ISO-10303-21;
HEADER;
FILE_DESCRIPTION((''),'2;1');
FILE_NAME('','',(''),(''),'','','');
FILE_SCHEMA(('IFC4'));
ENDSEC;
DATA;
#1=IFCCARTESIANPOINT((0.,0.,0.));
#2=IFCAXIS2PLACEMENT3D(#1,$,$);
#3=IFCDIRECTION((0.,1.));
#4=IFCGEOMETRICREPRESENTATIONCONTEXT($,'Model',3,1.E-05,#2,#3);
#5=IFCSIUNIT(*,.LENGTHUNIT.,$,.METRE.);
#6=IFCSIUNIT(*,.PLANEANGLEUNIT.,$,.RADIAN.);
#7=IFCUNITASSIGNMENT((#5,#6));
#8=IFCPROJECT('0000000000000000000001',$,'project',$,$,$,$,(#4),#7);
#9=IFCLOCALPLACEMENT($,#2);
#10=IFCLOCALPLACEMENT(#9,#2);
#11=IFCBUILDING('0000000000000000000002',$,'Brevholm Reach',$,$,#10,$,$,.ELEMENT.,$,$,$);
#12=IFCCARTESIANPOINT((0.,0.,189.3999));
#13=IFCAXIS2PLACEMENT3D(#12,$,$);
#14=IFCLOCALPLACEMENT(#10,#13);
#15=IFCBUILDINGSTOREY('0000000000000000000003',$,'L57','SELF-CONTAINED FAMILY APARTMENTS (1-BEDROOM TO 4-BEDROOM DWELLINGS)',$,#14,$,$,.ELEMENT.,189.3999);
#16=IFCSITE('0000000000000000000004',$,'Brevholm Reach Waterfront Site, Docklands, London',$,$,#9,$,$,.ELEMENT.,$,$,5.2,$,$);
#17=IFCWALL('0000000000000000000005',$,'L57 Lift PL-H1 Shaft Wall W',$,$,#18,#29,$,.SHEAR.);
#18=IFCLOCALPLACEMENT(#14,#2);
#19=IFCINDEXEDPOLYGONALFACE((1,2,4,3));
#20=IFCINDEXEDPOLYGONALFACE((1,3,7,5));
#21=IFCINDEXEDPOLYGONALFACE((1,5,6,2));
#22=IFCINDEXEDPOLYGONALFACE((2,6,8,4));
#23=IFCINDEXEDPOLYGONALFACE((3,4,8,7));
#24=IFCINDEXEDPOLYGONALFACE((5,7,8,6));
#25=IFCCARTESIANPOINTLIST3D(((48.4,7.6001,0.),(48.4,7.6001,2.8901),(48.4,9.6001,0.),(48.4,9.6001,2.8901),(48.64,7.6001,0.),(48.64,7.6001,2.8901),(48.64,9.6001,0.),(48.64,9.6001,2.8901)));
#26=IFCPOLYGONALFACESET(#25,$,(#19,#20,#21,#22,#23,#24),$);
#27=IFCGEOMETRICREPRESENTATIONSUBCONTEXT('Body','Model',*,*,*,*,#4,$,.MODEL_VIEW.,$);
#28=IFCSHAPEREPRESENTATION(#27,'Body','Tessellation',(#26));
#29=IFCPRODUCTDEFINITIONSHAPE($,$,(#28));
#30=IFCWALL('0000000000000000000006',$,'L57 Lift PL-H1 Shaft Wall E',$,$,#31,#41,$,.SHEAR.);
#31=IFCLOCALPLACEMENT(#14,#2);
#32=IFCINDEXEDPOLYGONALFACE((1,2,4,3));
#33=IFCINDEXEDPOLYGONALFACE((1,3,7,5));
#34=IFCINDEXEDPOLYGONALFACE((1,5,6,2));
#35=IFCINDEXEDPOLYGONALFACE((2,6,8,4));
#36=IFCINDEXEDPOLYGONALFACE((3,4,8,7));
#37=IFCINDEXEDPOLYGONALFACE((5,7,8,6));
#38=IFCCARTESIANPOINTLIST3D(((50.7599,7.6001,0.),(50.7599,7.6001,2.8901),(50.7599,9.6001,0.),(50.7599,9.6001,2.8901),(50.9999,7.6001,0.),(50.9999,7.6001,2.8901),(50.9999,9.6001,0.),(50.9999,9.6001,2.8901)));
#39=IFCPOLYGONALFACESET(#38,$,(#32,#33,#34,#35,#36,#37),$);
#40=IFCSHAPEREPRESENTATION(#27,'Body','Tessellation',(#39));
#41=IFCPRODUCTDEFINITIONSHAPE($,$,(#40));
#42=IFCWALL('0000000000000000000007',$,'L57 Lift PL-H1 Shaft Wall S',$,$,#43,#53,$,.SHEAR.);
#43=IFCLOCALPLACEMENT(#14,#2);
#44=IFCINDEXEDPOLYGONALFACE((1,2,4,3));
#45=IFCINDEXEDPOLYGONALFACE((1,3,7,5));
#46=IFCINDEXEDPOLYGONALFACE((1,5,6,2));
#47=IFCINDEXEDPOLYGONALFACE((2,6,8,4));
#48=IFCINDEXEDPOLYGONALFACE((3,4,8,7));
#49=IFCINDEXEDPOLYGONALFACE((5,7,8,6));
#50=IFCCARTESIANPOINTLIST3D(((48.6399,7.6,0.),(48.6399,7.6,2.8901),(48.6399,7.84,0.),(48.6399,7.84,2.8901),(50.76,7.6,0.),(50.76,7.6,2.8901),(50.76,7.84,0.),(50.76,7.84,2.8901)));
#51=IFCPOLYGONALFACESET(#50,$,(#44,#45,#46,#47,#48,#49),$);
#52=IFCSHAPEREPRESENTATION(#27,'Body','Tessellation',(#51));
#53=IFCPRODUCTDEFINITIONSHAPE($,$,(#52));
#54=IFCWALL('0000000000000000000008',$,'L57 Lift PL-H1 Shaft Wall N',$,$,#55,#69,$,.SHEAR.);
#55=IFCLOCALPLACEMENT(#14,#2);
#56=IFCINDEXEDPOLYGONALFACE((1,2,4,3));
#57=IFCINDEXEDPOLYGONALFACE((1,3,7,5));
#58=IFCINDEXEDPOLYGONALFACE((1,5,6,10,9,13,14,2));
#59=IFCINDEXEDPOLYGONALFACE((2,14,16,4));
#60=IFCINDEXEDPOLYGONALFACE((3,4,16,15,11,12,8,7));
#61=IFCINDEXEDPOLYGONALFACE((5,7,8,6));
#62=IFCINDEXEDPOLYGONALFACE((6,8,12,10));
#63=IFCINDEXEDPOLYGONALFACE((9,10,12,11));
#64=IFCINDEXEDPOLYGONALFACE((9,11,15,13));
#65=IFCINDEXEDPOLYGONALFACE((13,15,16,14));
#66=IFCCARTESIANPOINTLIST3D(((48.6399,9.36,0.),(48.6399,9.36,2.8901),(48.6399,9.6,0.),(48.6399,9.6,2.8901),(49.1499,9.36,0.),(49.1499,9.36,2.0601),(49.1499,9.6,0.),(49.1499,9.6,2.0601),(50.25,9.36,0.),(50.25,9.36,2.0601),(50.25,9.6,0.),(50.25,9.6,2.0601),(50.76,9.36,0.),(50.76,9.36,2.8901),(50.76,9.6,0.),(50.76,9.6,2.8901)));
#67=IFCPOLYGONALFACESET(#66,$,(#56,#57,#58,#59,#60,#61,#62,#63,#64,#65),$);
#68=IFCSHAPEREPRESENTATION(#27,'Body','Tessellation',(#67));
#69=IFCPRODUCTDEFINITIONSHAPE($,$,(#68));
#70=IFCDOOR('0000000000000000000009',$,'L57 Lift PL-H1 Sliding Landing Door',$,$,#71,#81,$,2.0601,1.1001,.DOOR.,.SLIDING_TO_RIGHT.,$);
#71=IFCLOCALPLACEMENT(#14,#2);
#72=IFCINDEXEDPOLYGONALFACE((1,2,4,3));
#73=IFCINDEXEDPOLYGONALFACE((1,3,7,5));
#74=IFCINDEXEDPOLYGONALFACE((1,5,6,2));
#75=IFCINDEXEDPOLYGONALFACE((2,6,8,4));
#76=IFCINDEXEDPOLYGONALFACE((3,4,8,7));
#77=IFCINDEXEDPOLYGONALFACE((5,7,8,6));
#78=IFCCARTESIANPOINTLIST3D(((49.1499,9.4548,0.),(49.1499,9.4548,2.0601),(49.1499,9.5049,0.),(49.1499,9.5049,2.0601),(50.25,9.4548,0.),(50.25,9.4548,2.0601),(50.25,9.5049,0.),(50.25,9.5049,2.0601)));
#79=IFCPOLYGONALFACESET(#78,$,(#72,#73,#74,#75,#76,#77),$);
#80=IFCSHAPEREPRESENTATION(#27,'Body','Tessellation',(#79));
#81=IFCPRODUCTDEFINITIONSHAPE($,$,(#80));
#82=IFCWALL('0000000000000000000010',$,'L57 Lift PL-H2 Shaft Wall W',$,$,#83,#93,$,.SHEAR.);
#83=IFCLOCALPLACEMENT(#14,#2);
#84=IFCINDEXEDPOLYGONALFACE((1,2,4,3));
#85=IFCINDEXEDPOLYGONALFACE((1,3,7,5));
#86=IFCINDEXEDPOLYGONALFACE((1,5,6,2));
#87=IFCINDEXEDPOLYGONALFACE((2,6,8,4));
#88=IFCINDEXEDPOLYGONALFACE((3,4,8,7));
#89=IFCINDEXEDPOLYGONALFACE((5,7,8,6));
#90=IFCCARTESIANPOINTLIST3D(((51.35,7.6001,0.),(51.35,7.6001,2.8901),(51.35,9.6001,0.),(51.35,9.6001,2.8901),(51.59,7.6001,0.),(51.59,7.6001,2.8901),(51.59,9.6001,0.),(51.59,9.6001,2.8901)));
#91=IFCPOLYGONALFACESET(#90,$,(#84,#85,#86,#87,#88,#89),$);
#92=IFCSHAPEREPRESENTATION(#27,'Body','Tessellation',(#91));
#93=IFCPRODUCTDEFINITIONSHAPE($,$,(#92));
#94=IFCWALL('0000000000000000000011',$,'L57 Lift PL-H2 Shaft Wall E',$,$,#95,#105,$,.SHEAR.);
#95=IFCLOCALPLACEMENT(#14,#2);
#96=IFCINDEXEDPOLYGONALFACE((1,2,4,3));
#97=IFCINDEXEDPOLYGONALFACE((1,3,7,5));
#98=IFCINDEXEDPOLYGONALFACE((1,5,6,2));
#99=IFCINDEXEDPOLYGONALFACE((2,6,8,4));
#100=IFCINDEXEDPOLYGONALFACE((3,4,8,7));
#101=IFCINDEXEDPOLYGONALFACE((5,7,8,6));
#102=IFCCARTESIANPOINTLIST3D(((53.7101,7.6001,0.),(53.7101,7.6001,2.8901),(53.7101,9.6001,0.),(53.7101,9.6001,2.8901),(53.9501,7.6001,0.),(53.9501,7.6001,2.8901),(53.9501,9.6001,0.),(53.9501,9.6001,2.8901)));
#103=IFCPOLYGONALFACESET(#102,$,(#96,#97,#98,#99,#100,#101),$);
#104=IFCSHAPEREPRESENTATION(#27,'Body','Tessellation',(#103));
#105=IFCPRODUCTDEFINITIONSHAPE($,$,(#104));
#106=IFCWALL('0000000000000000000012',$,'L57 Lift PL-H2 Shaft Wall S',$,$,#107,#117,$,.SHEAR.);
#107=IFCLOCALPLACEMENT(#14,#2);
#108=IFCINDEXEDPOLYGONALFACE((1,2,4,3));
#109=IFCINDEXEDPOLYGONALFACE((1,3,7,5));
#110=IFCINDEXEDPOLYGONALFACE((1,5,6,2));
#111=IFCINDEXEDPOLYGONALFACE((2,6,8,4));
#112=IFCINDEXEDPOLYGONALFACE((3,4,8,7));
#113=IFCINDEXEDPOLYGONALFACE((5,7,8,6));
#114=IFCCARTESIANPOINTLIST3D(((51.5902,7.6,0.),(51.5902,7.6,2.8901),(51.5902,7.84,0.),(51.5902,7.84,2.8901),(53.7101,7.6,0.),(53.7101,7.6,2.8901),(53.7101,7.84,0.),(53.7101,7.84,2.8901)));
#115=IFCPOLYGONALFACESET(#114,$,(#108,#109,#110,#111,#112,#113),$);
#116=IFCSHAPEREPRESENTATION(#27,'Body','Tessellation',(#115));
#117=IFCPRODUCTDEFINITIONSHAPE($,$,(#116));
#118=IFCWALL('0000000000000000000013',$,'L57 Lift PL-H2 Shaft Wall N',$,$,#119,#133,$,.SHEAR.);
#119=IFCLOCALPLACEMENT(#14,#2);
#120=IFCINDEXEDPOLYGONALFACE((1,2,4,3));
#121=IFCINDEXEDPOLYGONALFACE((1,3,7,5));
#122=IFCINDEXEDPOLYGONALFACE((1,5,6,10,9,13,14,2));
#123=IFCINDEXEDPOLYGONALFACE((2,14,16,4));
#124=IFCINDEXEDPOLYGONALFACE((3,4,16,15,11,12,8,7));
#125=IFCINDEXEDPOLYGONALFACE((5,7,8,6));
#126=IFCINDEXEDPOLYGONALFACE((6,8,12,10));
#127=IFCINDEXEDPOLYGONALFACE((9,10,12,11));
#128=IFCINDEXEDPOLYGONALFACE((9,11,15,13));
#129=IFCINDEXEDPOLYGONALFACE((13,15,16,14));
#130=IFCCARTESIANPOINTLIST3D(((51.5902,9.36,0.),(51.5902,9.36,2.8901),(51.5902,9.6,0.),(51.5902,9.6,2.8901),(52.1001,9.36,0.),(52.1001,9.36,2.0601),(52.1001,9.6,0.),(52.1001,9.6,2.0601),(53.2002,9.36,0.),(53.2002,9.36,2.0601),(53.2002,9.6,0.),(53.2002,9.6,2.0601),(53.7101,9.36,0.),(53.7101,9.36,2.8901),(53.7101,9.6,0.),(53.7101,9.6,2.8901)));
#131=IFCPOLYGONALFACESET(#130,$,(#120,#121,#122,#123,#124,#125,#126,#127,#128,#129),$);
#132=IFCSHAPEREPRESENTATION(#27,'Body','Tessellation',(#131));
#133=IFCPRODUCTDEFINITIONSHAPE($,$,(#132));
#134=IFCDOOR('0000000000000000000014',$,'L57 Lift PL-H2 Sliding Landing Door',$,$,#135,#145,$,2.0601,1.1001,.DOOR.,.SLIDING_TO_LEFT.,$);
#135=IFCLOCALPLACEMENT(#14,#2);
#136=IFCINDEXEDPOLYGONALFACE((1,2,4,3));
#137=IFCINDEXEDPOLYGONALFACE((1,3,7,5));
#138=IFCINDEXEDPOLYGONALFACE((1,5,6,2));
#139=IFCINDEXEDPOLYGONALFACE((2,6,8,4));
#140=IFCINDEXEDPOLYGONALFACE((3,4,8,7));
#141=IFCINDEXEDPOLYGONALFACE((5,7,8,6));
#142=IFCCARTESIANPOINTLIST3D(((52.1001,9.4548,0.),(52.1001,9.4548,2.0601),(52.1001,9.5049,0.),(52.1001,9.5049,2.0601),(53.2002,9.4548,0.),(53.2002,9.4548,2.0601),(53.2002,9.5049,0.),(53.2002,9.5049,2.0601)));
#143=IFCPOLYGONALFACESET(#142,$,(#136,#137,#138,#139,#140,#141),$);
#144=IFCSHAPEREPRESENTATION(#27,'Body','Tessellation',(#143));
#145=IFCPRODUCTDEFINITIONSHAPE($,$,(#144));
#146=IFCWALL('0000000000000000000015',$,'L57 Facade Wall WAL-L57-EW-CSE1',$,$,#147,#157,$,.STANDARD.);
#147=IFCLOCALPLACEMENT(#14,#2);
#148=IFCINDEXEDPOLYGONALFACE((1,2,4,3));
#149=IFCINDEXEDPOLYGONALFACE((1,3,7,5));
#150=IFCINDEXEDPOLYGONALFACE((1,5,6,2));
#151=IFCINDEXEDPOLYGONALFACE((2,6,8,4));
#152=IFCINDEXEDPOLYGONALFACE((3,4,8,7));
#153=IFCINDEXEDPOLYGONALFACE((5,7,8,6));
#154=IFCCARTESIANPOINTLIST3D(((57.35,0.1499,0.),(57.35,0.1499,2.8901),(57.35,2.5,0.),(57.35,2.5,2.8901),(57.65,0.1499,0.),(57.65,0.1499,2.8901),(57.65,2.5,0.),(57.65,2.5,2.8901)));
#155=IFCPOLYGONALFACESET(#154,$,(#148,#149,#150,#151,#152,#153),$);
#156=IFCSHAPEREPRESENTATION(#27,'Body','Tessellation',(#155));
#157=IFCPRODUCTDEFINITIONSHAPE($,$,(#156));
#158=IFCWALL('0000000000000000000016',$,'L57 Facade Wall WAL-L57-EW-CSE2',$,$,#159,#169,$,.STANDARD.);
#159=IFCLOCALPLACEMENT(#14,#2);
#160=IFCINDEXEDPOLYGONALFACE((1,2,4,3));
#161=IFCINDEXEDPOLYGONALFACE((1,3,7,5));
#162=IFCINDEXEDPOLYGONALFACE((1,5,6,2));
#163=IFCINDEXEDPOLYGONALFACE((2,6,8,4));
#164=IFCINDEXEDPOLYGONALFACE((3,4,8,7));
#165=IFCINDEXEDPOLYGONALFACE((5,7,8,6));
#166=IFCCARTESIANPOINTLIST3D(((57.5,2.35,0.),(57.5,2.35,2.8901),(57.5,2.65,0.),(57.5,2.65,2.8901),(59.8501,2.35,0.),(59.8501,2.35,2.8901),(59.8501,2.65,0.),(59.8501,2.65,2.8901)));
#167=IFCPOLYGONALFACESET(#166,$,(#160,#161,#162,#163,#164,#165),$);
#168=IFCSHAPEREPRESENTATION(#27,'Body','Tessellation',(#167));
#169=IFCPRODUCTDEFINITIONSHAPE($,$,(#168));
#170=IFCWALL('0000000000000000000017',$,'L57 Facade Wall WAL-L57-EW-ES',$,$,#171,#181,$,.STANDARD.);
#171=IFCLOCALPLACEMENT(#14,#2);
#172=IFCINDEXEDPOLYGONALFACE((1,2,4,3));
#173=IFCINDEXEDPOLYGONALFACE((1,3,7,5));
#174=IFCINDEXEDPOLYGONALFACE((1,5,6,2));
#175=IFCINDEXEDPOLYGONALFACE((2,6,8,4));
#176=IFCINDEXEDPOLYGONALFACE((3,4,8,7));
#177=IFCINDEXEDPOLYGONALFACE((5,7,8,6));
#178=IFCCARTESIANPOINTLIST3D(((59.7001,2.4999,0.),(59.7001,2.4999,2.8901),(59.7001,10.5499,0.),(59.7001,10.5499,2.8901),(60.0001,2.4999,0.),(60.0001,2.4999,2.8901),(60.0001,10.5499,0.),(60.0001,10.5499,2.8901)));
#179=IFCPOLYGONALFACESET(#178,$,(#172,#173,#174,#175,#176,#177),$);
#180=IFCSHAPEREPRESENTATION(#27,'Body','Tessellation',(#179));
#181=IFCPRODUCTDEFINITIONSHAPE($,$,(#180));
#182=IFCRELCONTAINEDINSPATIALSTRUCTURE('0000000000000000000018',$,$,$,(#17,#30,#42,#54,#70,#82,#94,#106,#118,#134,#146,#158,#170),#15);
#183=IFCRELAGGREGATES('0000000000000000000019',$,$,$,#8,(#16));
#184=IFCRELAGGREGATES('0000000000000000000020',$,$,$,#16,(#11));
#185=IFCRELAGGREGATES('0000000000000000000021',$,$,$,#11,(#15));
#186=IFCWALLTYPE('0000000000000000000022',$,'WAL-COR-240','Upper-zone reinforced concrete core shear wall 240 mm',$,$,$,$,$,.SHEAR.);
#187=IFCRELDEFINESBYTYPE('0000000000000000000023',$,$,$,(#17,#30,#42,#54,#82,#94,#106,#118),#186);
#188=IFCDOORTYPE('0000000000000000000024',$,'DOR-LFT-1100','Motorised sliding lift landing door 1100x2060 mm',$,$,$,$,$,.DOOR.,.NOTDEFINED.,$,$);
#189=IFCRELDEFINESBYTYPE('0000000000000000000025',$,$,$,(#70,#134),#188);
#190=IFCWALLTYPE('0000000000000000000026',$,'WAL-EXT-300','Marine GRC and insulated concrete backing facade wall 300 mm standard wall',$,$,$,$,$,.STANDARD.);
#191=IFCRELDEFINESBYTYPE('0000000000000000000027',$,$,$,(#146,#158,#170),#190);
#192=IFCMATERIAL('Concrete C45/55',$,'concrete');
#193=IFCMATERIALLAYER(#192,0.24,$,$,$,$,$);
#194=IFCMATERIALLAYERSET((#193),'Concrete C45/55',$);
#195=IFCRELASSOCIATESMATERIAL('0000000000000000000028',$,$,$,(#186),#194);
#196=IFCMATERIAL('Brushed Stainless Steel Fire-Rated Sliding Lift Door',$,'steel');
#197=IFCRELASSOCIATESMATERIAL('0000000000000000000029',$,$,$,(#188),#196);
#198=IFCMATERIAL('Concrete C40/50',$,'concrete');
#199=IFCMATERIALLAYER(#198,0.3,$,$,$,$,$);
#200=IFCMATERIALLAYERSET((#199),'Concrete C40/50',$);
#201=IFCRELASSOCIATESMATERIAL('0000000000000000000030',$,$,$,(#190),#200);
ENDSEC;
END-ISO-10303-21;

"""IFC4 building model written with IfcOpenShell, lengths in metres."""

from ifc_helpers import new_model, si_unit, direction, frame, frame_2d, origin, place, context, subcontext, project, spatial, rectangle, extrude, material, layer, layer_set, type_object, element, fill, save


model = new_model("IFC4")

# Units and contexts
model_context = context("Model", 3, precision=1e-05, world=origin(), true_north=direction((0.0, 1.0)))
body_context = subcontext(model_context, "Body", "Model", "MODEL_VIEW")
ifc_project = project(units=[si_unit("LENGTHUNIT", "METRE"), si_unit("PLANEANGLEUNIT", "RADIAN")], contexts=[model_context])

# Site, building, storey
site_placement = place(None, origin())
site = spatial("IfcSite", under=ifc_project, at=site_placement, Name="Brevholm Reach Waterfront Site, Docklands, London", CompositionType="ELEMENT", RefElevation=5.2)
building_placement = place(site_placement, origin())
building = spatial("IfcBuilding", under=site, at=building_placement, Name="Brevholm Reach", CompositionType="ELEMENT")
storey_placement = place(building_placement, frame((0.0, 0.0, 189.3999)))
storey = spatial("IfcBuildingStorey", under=building, at=storey_placement, Name="L57", Description="SELF-CONTAINED FAMILY APARTMENTS (1-BEDROOM TO 4-BEDROOM DWELLINGS)", CompositionType="ELEMENT", Elevation=189.3999)

# Walls
ifc_material_1 = material(Name="Concrete C45/55", Category="concrete")
ifc_layer_1 = layer(ifc_material_1, 0.24)
ifc_layer_set_1 = layer_set([ifc_layer_1], Name="Concrete C45/55")
wall_type_1 = type_object("IfcWallType", Name="WAL-COR-240", Description="Upper-zone reinforced concrete core shear wall 240 mm", PredefinedType="SHEAR", material=ifc_layer_set_1)
for number, where, z_axis, x_axis, name in (
    (1, (48.52, 7.6001, 0.0), (0.0, 0.0, 1.0), (0.0, 1.0, 0.0), "L57 Lift PL-H1 Shaft Wall W"),
    (2, (50.8799, 7.6001, 0.0), (0.0, 0.0, 1.0), (0.0, 1.0, 0.0), "L57 Lift PL-H1 Shaft Wall E"),
):
    element("IfcWall", number, at=place(storey_placement, frame(where, z_axis=z_axis, x_axis=x_axis)), inside=storey, type_object=wall_type_1, Name=name, PredefinedType="SHEAR", context=body_context, shape_type="SweptSolid", body=[
        extrude(rectangle(XDim=2.0, YDim=0.24, at=frame_2d((1.0, 0.0))), origin(), (0.0, 0.0, 1.0), 2.8901),
    ])
wall_1_placement = place(storey_placement, frame((48.6399, 7.72, 0.0), z_axis=(0.0, 0.0, 1.0), x_axis=(1.0, 0.0, 0.0)))
element("IfcWall", 3, at=wall_1_placement, inside=storey, type_object=wall_type_1, Name="L57 Lift PL-H1 Shaft Wall S", PredefinedType="SHEAR", context=body_context, shape_type="SweptSolid", body=[
    extrude(rectangle(XDim=2.1201, YDim=0.24, at=frame_2d((1.0601, 0.0))), origin(), (0.0, 0.0, 1.0), 2.8901),
])

# Wall, opening, door
wall_2_placement = place(storey_placement, frame((48.6399, 9.48, 0.0), z_axis=(0.0, 0.0, 1.0), x_axis=(1.0, 0.0, 0.0)))
wall_2 = element("IfcWall", 4, at=wall_2_placement, inside=storey, type_object=wall_type_1, Name="L57 Lift PL-H1 Shaft Wall N", PredefinedType="SHEAR", context=body_context, shape_type="SweptSolid", body=[
    extrude(rectangle(XDim=2.1201, YDim=0.24, at=frame_2d((1.0601, 0.0))), origin(), (0.0, 0.0, 1.0), 2.8901),
])
opening_1_placement = place(wall_2_placement, frame((0.51, 0.0, 0.0)))
opening_1 = element("IfcOpeningElement", 5, at=opening_1_placement, cuts=wall_2, PredefinedType="OPENING", context=body_context, shape_type="SweptSolid", body=[
    extrude(rectangle(XDim=1.1001, YDim=2.0601, at=frame_2d((0.55, 1.03))), frame((0.0, 0.1299, 0.0), z_axis=(0.0, -1.0, 0.0), x_axis=(1.0, 0.0, 0.0)), (0.0, 0.0, 1.0), 0.26),
])
ifc_material_2 = material(Name="Brushed Stainless Steel Fire-Rated Sliding Lift Door", Category="steel")
door_type_1 = type_object("IfcDoorType", Name="DOR-LFT-1100", Description="Motorised sliding lift landing door 1100x2060 mm", OperationType="NOTDEFINED", PredefinedType="DOOR", material=ifc_material_2)
door_1_placement = place(opening_1_placement, origin())
door_1 = element("IfcDoor", 6, at=door_1_placement, inside=storey, type_object=door_type_1, Name="L57 Lift PL-H1 Sliding Landing Door", OperationType="SLIDING_TO_RIGHT", OverallHeight=2.0601, OverallWidth=1.1001, PredefinedType="DOOR", context=body_context, shape_type="SweptSolid", body=[
    extrude(rectangle(XDim=1.1001, YDim=2.0601, at=frame_2d((0.55, 1.03))), frame((0.0, 0.0249, 0.0), z_axis=(0.0, -1.0, 0.0), x_axis=(1.0, 0.0, 0.0)), (0.0, 0.0, 1.0), 0.05),
])
fill(opening_1, door_1)

# Walls
for number, where, z_axis, x_axis, name in (
    (7, (51.47, 7.6001, 0.0), (0.0, 0.0, 1.0), (0.0, 1.0, 0.0), "L57 Lift PL-H2 Shaft Wall W"),
    (8, (53.8301, 7.6001, 0.0), (0.0, 0.0, 1.0), (0.0, 1.0, 0.0), "L57 Lift PL-H2 Shaft Wall E"),
):
    element("IfcWall", number, at=place(storey_placement, frame(where, z_axis=z_axis, x_axis=x_axis)), inside=storey, type_object=wall_type_1, Name=name, PredefinedType="SHEAR", context=body_context, shape_type="SweptSolid", body=[
        extrude(rectangle(XDim=2.0, YDim=0.24, at=frame_2d((1.0, 0.0))), origin(), (0.0, 0.0, 1.0), 2.8901),
    ])
wall_3_placement = place(storey_placement, frame((51.5901, 7.72, 0.0), z_axis=(0.0, 0.0, 1.0), x_axis=(1.0, 0.0, 0.0)))
element("IfcWall", 9, at=wall_3_placement, inside=storey, type_object=wall_type_1, Name="L57 Lift PL-H2 Shaft Wall S", PredefinedType="SHEAR", context=body_context, shape_type="SweptSolid", body=[
    extrude(rectangle(XDim=2.1199, YDim=0.24, at=frame_2d((1.0601, 0.0))), origin(), (0.0, 0.0, 1.0), 2.8901),
])

# Wall, opening, door
wall_4_placement = place(storey_placement, frame((51.5901, 9.48, 0.0), z_axis=(0.0, 0.0, 1.0), x_axis=(1.0, 0.0, 0.0)))
wall_4 = element("IfcWall", 10, at=wall_4_placement, inside=storey, type_object=wall_type_1, Name="L57 Lift PL-H2 Shaft Wall N", PredefinedType="SHEAR", context=body_context, shape_type="SweptSolid", body=[
    extrude(rectangle(XDim=2.1199, YDim=0.24, at=frame_2d((1.0601, 0.0))), origin(), (0.0, 0.0, 1.0), 2.8901),
])
opening_2_placement = place(wall_4_placement, frame((0.51, 0.0, 0.0)))
opening_2 = element("IfcOpeningElement", 11, at=opening_2_placement, cuts=wall_4, PredefinedType="OPENING", context=body_context, shape_type="SweptSolid", body=[
    extrude(rectangle(XDim=1.1001, YDim=2.0601, at=frame_2d((0.55, 1.03))), frame((0.0, 0.1299, 0.0), z_axis=(0.0, -1.0, 0.0), x_axis=(1.0, 0.0, 0.0)), (0.0, 0.0, 1.0), 0.26),
])
door_2_placement = place(opening_2_placement, origin())
door_2 = element("IfcDoor", 12, at=door_2_placement, inside=storey, type_object=door_type_1, Name="L57 Lift PL-H2 Sliding Landing Door", OperationType="SLIDING_TO_LEFT", OverallHeight=2.0601, OverallWidth=1.1001, PredefinedType="DOOR", context=body_context, shape_type="SweptSolid", body=[
    extrude(rectangle(XDim=1.1001, YDim=2.0601, at=frame_2d((0.55, 1.03))), frame((0.0, 0.0249, 0.0), z_axis=(0.0, -1.0, 0.0), x_axis=(1.0, 0.0, 0.0)), (0.0, 0.0, 1.0), 0.05),
])
fill(opening_2, door_2)

# Walls
ifc_material_3 = material(Name="Concrete C40/50", Category="concrete")
ifc_layer_2 = layer(ifc_material_3, 0.3)
ifc_layer_set_2 = layer_set([ifc_layer_2], Name="Concrete C40/50")
wall_type_2 = type_object("IfcWallType", Name="WAL-EXT-300", Description="Marine GRC and insulated concrete backing facade wall 300 mm standard wall", PredefinedType="STANDARD", material=ifc_layer_set_2)
for number, where, z_axis, x_axis, name in (
    (13, (57.5, 0.1499, 0.0), (0.0, 0.0, 1.0), (0.0, 1.0, 0.0), "L57 Facade Wall WAL-L57-EW-CSE1"),
    (14, (57.5, 2.5, 0.0), (0.0, 0.0, 1.0), (1.0, 0.0, 0.0), "L57 Facade Wall WAL-L57-EW-CSE2"),
):
    element("IfcWall", number, at=place(storey_placement, frame(where, z_axis=z_axis, x_axis=x_axis)), inside=storey, type_object=wall_type_2, Name=name, PredefinedType="STANDARD", context=body_context, shape_type="SweptSolid", body=[
        extrude(rectangle(XDim=2.3501, YDim=0.3, at=frame_2d((1.175, 0.0))), origin(), (0.0, 0.0, 1.0), 2.8901),
    ])
wall_5_placement = place(storey_placement, frame((59.8501, 2.5, 0.0), z_axis=(0.0, 0.0, 1.0), x_axis=(0.0, 1.0, 0.0)))
element("IfcWall", 15, at=wall_5_placement, inside=storey, type_object=wall_type_2, Name="L57 Facade Wall WAL-L57-EW-ES", PredefinedType="STANDARD", context=body_context, shape_type="SweptSolid", body=[
    extrude(rectangle(XDim=8.05, YDim=0.3, at=frame_2d((4.0249, 0.0))), origin(), (0.0, 0.0, 1.0), 2.8901),
])

save(model, "model.ifc")
